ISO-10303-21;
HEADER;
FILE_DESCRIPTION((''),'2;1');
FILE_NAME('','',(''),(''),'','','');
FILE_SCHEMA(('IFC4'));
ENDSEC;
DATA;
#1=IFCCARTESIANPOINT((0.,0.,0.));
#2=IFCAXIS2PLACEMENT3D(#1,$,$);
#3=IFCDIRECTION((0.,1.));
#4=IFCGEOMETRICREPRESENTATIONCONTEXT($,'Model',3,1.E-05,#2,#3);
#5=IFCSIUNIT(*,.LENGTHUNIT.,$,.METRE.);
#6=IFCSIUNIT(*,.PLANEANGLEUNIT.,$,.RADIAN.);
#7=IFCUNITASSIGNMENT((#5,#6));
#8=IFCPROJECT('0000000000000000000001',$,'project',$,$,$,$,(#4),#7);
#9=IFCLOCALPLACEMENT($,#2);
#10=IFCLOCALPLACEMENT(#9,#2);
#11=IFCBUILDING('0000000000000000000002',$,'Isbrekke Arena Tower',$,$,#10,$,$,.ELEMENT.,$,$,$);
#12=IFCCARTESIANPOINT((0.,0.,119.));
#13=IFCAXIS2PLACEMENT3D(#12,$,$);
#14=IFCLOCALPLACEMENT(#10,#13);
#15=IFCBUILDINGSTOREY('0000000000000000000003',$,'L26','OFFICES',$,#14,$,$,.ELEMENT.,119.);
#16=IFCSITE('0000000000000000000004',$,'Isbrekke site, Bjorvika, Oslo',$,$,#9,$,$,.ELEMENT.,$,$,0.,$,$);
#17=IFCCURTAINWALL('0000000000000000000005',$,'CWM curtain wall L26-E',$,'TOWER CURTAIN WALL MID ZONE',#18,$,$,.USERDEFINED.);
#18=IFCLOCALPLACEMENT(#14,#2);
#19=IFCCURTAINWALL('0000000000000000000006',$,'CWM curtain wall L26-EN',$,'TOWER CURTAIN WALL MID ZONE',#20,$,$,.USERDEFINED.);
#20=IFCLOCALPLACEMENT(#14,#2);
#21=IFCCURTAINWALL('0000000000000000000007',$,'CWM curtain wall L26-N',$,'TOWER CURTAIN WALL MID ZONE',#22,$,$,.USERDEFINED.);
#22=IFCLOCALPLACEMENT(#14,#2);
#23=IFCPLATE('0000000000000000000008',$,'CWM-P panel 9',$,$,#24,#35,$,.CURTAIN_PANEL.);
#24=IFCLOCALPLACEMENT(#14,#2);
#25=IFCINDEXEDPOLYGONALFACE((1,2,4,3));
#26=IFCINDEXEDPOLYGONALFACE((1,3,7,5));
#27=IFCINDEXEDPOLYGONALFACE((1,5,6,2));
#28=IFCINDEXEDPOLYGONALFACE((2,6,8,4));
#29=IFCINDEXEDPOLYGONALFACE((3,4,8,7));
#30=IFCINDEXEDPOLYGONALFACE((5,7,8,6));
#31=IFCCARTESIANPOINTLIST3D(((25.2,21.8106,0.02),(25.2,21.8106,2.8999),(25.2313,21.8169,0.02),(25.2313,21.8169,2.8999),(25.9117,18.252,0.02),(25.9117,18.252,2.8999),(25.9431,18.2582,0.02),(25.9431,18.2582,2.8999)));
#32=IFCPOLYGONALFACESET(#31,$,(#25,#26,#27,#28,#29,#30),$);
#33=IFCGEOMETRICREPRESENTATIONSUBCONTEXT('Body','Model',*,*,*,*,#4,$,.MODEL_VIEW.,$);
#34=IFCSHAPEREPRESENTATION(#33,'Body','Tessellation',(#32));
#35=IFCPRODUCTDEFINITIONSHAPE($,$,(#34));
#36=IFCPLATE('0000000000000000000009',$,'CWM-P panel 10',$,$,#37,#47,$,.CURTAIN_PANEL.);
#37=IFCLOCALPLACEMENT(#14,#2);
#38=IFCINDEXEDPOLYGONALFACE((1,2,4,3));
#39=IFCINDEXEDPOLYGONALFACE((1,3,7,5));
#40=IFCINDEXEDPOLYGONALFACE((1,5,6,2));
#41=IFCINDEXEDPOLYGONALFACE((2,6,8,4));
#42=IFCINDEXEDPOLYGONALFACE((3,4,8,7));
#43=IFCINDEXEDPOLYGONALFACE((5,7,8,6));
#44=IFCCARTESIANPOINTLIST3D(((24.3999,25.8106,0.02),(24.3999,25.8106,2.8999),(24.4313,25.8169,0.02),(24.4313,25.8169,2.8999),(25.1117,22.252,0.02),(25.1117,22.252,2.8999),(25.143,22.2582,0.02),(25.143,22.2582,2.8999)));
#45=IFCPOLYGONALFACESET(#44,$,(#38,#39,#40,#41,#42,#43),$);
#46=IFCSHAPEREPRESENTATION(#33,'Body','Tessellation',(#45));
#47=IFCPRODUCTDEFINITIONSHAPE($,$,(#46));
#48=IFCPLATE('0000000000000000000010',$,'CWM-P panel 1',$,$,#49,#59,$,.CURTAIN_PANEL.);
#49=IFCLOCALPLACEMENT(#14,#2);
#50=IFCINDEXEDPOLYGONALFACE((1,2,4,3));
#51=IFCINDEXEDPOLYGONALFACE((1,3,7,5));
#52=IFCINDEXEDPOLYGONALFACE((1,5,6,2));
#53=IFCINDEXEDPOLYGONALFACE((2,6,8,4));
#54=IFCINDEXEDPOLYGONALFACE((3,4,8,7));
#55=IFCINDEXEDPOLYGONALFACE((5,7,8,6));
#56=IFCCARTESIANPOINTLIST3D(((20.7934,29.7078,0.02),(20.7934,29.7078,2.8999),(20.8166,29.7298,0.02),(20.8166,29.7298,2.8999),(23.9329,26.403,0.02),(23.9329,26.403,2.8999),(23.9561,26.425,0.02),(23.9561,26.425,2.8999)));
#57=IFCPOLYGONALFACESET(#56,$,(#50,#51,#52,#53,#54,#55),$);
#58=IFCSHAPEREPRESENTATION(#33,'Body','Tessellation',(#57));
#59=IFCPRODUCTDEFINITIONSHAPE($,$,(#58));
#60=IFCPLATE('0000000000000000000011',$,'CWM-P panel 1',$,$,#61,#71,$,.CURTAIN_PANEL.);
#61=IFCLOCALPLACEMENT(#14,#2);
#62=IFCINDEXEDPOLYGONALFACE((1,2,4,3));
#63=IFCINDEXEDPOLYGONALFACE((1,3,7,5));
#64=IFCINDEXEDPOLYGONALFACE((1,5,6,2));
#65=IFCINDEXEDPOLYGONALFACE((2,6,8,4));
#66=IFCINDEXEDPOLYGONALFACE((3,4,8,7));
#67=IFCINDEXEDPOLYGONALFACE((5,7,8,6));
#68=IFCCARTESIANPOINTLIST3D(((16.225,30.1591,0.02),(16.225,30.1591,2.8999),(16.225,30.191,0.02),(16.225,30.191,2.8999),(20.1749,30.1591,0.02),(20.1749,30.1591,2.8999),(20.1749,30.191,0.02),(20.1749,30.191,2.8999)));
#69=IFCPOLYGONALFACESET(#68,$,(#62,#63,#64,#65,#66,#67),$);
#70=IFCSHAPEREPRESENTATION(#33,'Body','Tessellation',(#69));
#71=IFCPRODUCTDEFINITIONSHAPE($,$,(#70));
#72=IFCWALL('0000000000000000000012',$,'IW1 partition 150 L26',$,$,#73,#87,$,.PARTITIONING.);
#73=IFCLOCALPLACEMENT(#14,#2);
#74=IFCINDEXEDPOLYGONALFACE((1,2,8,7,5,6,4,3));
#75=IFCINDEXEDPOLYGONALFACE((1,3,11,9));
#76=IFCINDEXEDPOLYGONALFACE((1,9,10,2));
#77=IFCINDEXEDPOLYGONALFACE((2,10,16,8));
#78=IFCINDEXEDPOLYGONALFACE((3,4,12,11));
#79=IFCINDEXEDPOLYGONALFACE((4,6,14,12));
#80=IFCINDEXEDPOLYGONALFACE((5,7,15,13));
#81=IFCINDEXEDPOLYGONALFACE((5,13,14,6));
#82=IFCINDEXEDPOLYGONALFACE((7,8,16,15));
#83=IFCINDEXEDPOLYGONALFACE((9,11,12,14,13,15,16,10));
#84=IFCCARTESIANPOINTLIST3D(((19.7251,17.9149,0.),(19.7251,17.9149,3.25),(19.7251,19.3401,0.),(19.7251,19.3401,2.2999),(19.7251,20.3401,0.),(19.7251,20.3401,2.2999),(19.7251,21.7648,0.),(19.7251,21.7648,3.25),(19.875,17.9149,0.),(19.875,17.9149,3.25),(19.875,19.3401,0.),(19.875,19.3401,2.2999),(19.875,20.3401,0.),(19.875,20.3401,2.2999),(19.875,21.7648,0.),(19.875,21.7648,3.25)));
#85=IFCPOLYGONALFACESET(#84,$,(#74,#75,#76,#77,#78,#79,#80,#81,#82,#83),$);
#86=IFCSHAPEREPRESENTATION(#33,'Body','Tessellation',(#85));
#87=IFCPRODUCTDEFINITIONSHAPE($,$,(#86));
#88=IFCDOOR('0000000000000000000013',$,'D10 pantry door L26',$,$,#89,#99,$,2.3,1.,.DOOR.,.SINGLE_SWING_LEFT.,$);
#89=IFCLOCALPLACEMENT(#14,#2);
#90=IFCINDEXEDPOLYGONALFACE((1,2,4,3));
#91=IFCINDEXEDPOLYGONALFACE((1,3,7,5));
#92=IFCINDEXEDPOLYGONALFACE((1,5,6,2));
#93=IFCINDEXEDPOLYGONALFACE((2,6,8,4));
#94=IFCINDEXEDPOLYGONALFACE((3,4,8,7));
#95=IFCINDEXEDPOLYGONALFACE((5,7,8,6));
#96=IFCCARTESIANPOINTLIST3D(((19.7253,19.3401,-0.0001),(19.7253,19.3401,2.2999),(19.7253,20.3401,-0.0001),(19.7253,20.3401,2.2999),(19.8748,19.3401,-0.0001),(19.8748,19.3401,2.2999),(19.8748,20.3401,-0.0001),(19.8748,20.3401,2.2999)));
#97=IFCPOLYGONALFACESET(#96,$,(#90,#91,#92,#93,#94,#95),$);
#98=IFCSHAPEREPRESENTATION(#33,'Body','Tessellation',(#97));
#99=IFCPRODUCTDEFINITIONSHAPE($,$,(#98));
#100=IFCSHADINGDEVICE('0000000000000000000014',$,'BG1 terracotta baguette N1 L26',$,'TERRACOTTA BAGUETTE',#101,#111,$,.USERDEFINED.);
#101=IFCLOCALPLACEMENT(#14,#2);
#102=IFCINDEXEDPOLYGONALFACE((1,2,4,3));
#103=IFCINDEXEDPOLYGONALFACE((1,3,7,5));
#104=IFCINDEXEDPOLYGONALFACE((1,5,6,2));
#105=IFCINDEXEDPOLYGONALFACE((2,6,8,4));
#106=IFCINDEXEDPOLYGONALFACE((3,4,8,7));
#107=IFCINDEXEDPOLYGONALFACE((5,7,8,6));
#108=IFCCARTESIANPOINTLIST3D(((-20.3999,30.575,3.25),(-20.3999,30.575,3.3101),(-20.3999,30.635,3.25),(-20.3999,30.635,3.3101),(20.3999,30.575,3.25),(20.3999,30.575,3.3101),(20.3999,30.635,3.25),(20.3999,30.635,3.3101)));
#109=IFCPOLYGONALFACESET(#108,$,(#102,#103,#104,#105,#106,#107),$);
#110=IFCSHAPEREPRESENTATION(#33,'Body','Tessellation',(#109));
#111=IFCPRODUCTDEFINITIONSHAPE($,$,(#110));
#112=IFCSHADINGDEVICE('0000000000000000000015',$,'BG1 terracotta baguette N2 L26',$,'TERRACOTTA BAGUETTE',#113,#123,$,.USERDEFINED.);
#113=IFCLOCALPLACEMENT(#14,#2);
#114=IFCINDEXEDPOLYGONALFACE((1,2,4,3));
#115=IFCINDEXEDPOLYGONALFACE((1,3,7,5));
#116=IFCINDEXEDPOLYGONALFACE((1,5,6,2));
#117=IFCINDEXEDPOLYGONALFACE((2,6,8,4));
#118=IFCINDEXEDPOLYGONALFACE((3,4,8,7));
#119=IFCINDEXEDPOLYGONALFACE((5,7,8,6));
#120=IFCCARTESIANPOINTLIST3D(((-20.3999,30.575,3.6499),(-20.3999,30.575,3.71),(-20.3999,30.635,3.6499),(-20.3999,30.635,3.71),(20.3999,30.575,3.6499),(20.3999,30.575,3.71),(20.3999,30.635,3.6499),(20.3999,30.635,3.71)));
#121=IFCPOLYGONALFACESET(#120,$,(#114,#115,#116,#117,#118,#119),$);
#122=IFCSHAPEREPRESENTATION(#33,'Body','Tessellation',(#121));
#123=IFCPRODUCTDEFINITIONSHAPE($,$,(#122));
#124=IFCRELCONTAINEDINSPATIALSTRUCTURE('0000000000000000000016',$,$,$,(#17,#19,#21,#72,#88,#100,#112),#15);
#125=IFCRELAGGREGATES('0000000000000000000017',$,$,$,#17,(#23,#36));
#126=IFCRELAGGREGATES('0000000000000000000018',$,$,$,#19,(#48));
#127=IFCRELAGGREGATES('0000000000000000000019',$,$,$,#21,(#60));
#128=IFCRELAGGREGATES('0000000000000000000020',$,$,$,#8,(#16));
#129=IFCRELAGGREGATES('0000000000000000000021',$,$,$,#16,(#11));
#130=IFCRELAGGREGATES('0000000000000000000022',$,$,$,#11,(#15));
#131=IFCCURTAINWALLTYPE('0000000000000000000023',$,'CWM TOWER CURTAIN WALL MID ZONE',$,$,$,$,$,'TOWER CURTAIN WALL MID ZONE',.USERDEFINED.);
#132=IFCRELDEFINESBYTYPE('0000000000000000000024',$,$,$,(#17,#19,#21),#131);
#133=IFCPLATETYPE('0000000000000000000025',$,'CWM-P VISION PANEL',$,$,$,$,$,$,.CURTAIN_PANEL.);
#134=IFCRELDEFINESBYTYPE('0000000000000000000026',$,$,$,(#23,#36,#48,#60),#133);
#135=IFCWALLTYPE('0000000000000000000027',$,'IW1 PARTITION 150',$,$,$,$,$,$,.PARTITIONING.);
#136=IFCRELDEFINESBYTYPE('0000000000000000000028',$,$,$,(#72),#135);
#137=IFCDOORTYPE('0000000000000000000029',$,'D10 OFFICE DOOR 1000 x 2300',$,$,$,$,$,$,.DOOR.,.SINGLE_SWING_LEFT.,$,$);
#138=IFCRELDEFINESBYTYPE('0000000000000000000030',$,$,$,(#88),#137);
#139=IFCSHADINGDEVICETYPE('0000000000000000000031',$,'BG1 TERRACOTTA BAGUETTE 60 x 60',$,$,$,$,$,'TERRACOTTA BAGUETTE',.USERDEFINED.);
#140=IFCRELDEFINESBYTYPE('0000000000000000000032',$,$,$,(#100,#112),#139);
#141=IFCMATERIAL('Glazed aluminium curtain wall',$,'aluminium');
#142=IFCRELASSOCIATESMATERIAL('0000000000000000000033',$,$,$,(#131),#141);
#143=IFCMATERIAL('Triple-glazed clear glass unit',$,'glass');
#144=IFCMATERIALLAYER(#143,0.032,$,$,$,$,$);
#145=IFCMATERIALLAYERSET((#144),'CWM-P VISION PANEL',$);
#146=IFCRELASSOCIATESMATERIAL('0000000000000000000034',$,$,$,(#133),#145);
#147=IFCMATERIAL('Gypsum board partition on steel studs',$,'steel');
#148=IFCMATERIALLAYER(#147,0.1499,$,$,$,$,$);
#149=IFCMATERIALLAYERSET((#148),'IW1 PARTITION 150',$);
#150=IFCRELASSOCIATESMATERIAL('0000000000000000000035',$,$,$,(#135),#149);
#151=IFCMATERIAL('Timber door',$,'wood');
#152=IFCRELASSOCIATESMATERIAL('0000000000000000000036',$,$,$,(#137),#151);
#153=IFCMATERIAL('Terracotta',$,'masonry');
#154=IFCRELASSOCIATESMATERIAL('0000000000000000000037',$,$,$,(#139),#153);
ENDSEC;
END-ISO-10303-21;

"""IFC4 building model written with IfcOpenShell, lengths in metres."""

from ifc_helpers import new_model, si_unit, direction, frame, frame_2d, origin, origin_2d, place, context, subcontext, project, spatial, rectangle, extrude, material, layer, layer_set, material_profile, profile_set, type_object, element, fill, aggregate, save


model = new_model("IFC4")

# Units and contexts
model_context = context("Model", 3, precision=1e-05, world=origin(), true_north=direction((0.0, 1.0)))
body_context = subcontext(model_context, "Body", "Model", "MODEL_VIEW")
ifc_project = project(units=[si_unit("LENGTHUNIT", "METRE"), si_unit("PLANEANGLEUNIT", "RADIAN")], contexts=[model_context])

# Site, building, storey
site_placement = place(None, origin())
site = spatial("IfcSite", under=ifc_project, at=site_placement, Name="Isbrekke site, Bjorvika, Oslo", CompositionType="ELEMENT", RefElevation=0.0)
building_placement = place(site_placement, origin())
building = spatial("IfcBuilding", under=site, at=building_placement, Name="Isbrekke Arena Tower", CompositionType="ELEMENT")
storey_placement = place(building_placement, frame((0.0, 0.0, 119.0)))
storey = spatial("IfcBuildingStorey", under=building, at=storey_placement, Name="L26", Description="OFFICES", CompositionType="ELEMENT", Elevation=119.0)

# Curtain walls
ifc_material_1 = material(Name="Glazed aluminium curtain wall", Category="aluminium")
curtain_wall_type = type_object("IfcCurtainWallType", Name="CWM TOWER CURTAIN WALL MID ZONE", ElementType="TOWER CURTAIN WALL MID ZONE", PredefinedType="USERDEFINED", material=ifc_material_1)
curtain_wall_1_placement = place(storey_placement, origin())
curtain_wall_1 = element("IfcCurtainWall", 1, at=curtain_wall_1_placement, inside=storey, type_object=curtain_wall_type, Name="CWM curtain wall L26-E", ObjectType="TOWER CURTAIN WALL MID ZONE", PredefinedType="USERDEFINED")
curtain_wall_2_placement = place(storey_placement, origin())
curtain_wall_2 = element("IfcCurtainWall", 2, at=curtain_wall_2_placement, inside=storey, type_object=curtain_wall_type, Name="CWM curtain wall L26-EN", ObjectType="TOWER CURTAIN WALL MID ZONE", PredefinedType="USERDEFINED")

# Curtain wall
curtain_wall_3_placement = place(storey_placement, origin())
curtain_wall_3 = element("IfcCurtainWall", 3, at=curtain_wall_3_placement, inside=storey, type_object=curtain_wall_type, Name="CWM curtain wall L26-N", ObjectType="TOWER CURTAIN WALL MID ZONE", PredefinedType="USERDEFINED")

# Plates
ifc_material_2 = material(Name="Triple-glazed clear glass unit", Category="glass")
ifc_layer_1 = layer(ifc_material_2, 0.032)
ifc_layer_set_1 = layer_set([ifc_layer_1], Name="CWM-P VISION PANEL")
plate_type = type_object("IfcPlateType", Name="CWM-P VISION PANEL", PredefinedType="CURTAIN_PANEL", material=ifc_layer_set_1)
plate_1_placement = place(storey_placement, frame((25.5715, 20.0344, 0.02), z_axis=(0.0, 0.0, 1.0), x_axis=(-0.196116, 0.980581, 0.0)))
plate_1 = element("IfcPlate", 4, at=plate_1_placement, type_object=plate_type, Name="CWM-P panel 9", PredefinedType="CURTAIN_PANEL", context=body_context, shape_type="SweptSolid", body=[
    extrude(rectangle(XDim=3.6292, YDim=0.032, at=origin_2d()), origin(), (0.0, 0.0, 1.0), 2.8799),
])
plate_2_placement = place(storey_placement, frame((24.7715, 24.0344, 0.02), z_axis=(0.0, 0.0, 1.0), x_axis=(-0.196116, 0.980581, 0.0)))
plate_2 = element("IfcPlate", 5, at=plate_2_placement, type_object=plate_type, Name="CWM-P panel 10", PredefinedType="CURTAIN_PANEL", context=body_context, shape_type="SweptSolid", body=[
    extrude(rectangle(XDim=3.6292, YDim=0.032, at=origin_2d()), origin(), (0.0, 0.0, 1.0), 2.8799),
])
aggregate(curtain_wall_1, [plate_1, plate_2])
plate_3_placement = place(storey_placement, frame((22.3748, 28.0664, 0.02), z_axis=(0.0, 0.0, 1.0), x_axis=(-0.688749, 0.724999, 0.0)))
plate_3 = element("IfcPlate", 6, at=plate_3_placement, type_object=plate_type, Name="CWM-P panel 1", PredefinedType="CURTAIN_PANEL", context=body_context, shape_type="SweptSolid", body=[
    extrude(rectangle(XDim=4.5583, YDim=0.032, at=origin_2d()), origin(), (0.0, 0.0, 1.0), 2.8799),
])
aggregate(curtain_wall_2, [plate_3])
plate_4_placement = place(storey_placement, frame((18.2, 30.175, 0.02), z_axis=(0.0, 0.0, 1.0), x_axis=(-1.0, 0.0, 0.0)))
plate_4 = element("IfcPlate", 7, at=plate_4_placement, type_object=plate_type, Name="CWM-P panel 1", PredefinedType="CURTAIN_PANEL", context=body_context, shape_type="SweptSolid", body=[
    extrude(rectangle(XDim=3.95, YDim=0.032, at=origin_2d()), origin(), (0.0, 0.0, 1.0), 2.8799),
])
aggregate(curtain_wall_3, [plate_4])

# Wall, opening, door
ifc_material_3 = material(Name="Gypsum board partition on steel studs", Category="steel")
ifc_layer_2 = layer(ifc_material_3, 0.1499)
ifc_layer_set_2 = layer_set([ifc_layer_2], Name="IW1 PARTITION 150")
wall_type_1 = type_object("IfcWallType", Name="IW1 PARTITION 150", PredefinedType="PARTITIONING", material=ifc_layer_set_2)
wall_1_placement = place(storey_placement, frame((19.8, 17.915, 0.0), z_axis=(0.0, 0.0, 1.0), x_axis=(0.0, 1.0, 0.0)))
wall_1 = element("IfcWall", 8, at=wall_1_placement, inside=storey, type_object=wall_type_1, Name="IW1 partition 150 L26", PredefinedType="PARTITIONING", context=body_context, shape_type="SweptSolid", body=[
    extrude(rectangle(XDim=3.8499, YDim=0.1499, at=frame_2d((1.9248, 0.0))), origin(), (0.0, 0.0, 1.0), 3.25),
])
opening_1_placement = place(wall_1_placement, frame((1.425, 0.0, 0.0)))
opening_1 = element("IfcOpeningElement", 9, at=opening_1_placement, cuts=wall_1, PredefinedType="OPENING", context=body_context, shape_type="SweptSolid", body=[
    extrude(rectangle(XDim=1.0, YDim=2.3, at=frame_2d((0.5, 1.1499))), frame((0.0, 0.0898, 0.0), z_axis=(0.0, -1.0, 0.0), x_axis=(1.0, 0.0, 0.0)), (0.0, 0.0, 1.0), 0.1797),
])
ifc_material_4 = material(Name="Timber door", Category="wood")
door_type_1 = type_object("IfcDoorType", Name="D10 OFFICE DOOR 1000 x 2300", OperationType="SINGLE_SWING_LEFT", PredefinedType="DOOR", material=ifc_material_4)
door_1_placement = place(opening_1_placement, origin())
door_1 = element("IfcDoor", 10, at=door_1_placement, inside=storey, type_object=door_type_1, Name="D10 pantry door L26", OperationType="SINGLE_SWING_LEFT", OverallHeight=2.3, OverallWidth=1.0, PredefinedType="DOOR", context=body_context, shape_type="SweptSolid", body=[
    extrude(rectangle(XDim=1.0, YDim=2.3, at=frame_2d((0.5, 1.1499))), frame((0.0, 0.0747, 0.0), z_axis=(0.0, -1.0, 0.0), x_axis=(1.0, 0.0, 0.0)), (0.0, 0.0, 1.0), 0.1494),
])
fill(opening_1, door_1)

# Shading devices
ifc_material_5 = material(Name="Terracotta", Category="masonry")
ifc_material_profile_1 = material_profile(ifc_material_5, rectangle(XDim=0.0601, YDim=0.0601, at=origin_2d()), Name="BAGUETTE 60X60")
ifc_profile_set_1 = profile_set([ifc_material_profile_1], Name="Terracotta")
shading_device_type = type_object("IfcShadingDeviceType", Name="BG1 TERRACOTTA BAGUETTE 60 x 60", ElementType="TERRACOTTA BAGUETTE", PredefinedType="USERDEFINED", material=ifc_profile_set_1)
for number, where, z_axis, x_axis, name in (
    (11, (20.3999, 30.605, 3.28), (-1.0, 0.0, 0.0), (0.0, -1.0, 0.0), "BG1 terracotta baguette N1 L26"),
    (12, (20.3999, 30.605, 3.6799), (-1.0, 0.0, 0.0), (0.0, -1.0, 0.0), "BG1 terracotta baguette N2 L26"),
):
    element("IfcShadingDevice", number, at=place(storey_placement, frame(where, z_axis=z_axis, x_axis=x_axis)), inside=storey, type_object=shading_device_type, Name=name, ObjectType="TERRACOTTA BAGUETTE", PredefinedType="USERDEFINED", context=body_context, shape_type="SweptSolid", body=[
        extrude(rectangle(XDim=0.0601, YDim=0.0601, at=origin_2d()), origin(), (0.0, 0.0, 1.0), 40.7998),
    ])

save(model, "model.ifc")
